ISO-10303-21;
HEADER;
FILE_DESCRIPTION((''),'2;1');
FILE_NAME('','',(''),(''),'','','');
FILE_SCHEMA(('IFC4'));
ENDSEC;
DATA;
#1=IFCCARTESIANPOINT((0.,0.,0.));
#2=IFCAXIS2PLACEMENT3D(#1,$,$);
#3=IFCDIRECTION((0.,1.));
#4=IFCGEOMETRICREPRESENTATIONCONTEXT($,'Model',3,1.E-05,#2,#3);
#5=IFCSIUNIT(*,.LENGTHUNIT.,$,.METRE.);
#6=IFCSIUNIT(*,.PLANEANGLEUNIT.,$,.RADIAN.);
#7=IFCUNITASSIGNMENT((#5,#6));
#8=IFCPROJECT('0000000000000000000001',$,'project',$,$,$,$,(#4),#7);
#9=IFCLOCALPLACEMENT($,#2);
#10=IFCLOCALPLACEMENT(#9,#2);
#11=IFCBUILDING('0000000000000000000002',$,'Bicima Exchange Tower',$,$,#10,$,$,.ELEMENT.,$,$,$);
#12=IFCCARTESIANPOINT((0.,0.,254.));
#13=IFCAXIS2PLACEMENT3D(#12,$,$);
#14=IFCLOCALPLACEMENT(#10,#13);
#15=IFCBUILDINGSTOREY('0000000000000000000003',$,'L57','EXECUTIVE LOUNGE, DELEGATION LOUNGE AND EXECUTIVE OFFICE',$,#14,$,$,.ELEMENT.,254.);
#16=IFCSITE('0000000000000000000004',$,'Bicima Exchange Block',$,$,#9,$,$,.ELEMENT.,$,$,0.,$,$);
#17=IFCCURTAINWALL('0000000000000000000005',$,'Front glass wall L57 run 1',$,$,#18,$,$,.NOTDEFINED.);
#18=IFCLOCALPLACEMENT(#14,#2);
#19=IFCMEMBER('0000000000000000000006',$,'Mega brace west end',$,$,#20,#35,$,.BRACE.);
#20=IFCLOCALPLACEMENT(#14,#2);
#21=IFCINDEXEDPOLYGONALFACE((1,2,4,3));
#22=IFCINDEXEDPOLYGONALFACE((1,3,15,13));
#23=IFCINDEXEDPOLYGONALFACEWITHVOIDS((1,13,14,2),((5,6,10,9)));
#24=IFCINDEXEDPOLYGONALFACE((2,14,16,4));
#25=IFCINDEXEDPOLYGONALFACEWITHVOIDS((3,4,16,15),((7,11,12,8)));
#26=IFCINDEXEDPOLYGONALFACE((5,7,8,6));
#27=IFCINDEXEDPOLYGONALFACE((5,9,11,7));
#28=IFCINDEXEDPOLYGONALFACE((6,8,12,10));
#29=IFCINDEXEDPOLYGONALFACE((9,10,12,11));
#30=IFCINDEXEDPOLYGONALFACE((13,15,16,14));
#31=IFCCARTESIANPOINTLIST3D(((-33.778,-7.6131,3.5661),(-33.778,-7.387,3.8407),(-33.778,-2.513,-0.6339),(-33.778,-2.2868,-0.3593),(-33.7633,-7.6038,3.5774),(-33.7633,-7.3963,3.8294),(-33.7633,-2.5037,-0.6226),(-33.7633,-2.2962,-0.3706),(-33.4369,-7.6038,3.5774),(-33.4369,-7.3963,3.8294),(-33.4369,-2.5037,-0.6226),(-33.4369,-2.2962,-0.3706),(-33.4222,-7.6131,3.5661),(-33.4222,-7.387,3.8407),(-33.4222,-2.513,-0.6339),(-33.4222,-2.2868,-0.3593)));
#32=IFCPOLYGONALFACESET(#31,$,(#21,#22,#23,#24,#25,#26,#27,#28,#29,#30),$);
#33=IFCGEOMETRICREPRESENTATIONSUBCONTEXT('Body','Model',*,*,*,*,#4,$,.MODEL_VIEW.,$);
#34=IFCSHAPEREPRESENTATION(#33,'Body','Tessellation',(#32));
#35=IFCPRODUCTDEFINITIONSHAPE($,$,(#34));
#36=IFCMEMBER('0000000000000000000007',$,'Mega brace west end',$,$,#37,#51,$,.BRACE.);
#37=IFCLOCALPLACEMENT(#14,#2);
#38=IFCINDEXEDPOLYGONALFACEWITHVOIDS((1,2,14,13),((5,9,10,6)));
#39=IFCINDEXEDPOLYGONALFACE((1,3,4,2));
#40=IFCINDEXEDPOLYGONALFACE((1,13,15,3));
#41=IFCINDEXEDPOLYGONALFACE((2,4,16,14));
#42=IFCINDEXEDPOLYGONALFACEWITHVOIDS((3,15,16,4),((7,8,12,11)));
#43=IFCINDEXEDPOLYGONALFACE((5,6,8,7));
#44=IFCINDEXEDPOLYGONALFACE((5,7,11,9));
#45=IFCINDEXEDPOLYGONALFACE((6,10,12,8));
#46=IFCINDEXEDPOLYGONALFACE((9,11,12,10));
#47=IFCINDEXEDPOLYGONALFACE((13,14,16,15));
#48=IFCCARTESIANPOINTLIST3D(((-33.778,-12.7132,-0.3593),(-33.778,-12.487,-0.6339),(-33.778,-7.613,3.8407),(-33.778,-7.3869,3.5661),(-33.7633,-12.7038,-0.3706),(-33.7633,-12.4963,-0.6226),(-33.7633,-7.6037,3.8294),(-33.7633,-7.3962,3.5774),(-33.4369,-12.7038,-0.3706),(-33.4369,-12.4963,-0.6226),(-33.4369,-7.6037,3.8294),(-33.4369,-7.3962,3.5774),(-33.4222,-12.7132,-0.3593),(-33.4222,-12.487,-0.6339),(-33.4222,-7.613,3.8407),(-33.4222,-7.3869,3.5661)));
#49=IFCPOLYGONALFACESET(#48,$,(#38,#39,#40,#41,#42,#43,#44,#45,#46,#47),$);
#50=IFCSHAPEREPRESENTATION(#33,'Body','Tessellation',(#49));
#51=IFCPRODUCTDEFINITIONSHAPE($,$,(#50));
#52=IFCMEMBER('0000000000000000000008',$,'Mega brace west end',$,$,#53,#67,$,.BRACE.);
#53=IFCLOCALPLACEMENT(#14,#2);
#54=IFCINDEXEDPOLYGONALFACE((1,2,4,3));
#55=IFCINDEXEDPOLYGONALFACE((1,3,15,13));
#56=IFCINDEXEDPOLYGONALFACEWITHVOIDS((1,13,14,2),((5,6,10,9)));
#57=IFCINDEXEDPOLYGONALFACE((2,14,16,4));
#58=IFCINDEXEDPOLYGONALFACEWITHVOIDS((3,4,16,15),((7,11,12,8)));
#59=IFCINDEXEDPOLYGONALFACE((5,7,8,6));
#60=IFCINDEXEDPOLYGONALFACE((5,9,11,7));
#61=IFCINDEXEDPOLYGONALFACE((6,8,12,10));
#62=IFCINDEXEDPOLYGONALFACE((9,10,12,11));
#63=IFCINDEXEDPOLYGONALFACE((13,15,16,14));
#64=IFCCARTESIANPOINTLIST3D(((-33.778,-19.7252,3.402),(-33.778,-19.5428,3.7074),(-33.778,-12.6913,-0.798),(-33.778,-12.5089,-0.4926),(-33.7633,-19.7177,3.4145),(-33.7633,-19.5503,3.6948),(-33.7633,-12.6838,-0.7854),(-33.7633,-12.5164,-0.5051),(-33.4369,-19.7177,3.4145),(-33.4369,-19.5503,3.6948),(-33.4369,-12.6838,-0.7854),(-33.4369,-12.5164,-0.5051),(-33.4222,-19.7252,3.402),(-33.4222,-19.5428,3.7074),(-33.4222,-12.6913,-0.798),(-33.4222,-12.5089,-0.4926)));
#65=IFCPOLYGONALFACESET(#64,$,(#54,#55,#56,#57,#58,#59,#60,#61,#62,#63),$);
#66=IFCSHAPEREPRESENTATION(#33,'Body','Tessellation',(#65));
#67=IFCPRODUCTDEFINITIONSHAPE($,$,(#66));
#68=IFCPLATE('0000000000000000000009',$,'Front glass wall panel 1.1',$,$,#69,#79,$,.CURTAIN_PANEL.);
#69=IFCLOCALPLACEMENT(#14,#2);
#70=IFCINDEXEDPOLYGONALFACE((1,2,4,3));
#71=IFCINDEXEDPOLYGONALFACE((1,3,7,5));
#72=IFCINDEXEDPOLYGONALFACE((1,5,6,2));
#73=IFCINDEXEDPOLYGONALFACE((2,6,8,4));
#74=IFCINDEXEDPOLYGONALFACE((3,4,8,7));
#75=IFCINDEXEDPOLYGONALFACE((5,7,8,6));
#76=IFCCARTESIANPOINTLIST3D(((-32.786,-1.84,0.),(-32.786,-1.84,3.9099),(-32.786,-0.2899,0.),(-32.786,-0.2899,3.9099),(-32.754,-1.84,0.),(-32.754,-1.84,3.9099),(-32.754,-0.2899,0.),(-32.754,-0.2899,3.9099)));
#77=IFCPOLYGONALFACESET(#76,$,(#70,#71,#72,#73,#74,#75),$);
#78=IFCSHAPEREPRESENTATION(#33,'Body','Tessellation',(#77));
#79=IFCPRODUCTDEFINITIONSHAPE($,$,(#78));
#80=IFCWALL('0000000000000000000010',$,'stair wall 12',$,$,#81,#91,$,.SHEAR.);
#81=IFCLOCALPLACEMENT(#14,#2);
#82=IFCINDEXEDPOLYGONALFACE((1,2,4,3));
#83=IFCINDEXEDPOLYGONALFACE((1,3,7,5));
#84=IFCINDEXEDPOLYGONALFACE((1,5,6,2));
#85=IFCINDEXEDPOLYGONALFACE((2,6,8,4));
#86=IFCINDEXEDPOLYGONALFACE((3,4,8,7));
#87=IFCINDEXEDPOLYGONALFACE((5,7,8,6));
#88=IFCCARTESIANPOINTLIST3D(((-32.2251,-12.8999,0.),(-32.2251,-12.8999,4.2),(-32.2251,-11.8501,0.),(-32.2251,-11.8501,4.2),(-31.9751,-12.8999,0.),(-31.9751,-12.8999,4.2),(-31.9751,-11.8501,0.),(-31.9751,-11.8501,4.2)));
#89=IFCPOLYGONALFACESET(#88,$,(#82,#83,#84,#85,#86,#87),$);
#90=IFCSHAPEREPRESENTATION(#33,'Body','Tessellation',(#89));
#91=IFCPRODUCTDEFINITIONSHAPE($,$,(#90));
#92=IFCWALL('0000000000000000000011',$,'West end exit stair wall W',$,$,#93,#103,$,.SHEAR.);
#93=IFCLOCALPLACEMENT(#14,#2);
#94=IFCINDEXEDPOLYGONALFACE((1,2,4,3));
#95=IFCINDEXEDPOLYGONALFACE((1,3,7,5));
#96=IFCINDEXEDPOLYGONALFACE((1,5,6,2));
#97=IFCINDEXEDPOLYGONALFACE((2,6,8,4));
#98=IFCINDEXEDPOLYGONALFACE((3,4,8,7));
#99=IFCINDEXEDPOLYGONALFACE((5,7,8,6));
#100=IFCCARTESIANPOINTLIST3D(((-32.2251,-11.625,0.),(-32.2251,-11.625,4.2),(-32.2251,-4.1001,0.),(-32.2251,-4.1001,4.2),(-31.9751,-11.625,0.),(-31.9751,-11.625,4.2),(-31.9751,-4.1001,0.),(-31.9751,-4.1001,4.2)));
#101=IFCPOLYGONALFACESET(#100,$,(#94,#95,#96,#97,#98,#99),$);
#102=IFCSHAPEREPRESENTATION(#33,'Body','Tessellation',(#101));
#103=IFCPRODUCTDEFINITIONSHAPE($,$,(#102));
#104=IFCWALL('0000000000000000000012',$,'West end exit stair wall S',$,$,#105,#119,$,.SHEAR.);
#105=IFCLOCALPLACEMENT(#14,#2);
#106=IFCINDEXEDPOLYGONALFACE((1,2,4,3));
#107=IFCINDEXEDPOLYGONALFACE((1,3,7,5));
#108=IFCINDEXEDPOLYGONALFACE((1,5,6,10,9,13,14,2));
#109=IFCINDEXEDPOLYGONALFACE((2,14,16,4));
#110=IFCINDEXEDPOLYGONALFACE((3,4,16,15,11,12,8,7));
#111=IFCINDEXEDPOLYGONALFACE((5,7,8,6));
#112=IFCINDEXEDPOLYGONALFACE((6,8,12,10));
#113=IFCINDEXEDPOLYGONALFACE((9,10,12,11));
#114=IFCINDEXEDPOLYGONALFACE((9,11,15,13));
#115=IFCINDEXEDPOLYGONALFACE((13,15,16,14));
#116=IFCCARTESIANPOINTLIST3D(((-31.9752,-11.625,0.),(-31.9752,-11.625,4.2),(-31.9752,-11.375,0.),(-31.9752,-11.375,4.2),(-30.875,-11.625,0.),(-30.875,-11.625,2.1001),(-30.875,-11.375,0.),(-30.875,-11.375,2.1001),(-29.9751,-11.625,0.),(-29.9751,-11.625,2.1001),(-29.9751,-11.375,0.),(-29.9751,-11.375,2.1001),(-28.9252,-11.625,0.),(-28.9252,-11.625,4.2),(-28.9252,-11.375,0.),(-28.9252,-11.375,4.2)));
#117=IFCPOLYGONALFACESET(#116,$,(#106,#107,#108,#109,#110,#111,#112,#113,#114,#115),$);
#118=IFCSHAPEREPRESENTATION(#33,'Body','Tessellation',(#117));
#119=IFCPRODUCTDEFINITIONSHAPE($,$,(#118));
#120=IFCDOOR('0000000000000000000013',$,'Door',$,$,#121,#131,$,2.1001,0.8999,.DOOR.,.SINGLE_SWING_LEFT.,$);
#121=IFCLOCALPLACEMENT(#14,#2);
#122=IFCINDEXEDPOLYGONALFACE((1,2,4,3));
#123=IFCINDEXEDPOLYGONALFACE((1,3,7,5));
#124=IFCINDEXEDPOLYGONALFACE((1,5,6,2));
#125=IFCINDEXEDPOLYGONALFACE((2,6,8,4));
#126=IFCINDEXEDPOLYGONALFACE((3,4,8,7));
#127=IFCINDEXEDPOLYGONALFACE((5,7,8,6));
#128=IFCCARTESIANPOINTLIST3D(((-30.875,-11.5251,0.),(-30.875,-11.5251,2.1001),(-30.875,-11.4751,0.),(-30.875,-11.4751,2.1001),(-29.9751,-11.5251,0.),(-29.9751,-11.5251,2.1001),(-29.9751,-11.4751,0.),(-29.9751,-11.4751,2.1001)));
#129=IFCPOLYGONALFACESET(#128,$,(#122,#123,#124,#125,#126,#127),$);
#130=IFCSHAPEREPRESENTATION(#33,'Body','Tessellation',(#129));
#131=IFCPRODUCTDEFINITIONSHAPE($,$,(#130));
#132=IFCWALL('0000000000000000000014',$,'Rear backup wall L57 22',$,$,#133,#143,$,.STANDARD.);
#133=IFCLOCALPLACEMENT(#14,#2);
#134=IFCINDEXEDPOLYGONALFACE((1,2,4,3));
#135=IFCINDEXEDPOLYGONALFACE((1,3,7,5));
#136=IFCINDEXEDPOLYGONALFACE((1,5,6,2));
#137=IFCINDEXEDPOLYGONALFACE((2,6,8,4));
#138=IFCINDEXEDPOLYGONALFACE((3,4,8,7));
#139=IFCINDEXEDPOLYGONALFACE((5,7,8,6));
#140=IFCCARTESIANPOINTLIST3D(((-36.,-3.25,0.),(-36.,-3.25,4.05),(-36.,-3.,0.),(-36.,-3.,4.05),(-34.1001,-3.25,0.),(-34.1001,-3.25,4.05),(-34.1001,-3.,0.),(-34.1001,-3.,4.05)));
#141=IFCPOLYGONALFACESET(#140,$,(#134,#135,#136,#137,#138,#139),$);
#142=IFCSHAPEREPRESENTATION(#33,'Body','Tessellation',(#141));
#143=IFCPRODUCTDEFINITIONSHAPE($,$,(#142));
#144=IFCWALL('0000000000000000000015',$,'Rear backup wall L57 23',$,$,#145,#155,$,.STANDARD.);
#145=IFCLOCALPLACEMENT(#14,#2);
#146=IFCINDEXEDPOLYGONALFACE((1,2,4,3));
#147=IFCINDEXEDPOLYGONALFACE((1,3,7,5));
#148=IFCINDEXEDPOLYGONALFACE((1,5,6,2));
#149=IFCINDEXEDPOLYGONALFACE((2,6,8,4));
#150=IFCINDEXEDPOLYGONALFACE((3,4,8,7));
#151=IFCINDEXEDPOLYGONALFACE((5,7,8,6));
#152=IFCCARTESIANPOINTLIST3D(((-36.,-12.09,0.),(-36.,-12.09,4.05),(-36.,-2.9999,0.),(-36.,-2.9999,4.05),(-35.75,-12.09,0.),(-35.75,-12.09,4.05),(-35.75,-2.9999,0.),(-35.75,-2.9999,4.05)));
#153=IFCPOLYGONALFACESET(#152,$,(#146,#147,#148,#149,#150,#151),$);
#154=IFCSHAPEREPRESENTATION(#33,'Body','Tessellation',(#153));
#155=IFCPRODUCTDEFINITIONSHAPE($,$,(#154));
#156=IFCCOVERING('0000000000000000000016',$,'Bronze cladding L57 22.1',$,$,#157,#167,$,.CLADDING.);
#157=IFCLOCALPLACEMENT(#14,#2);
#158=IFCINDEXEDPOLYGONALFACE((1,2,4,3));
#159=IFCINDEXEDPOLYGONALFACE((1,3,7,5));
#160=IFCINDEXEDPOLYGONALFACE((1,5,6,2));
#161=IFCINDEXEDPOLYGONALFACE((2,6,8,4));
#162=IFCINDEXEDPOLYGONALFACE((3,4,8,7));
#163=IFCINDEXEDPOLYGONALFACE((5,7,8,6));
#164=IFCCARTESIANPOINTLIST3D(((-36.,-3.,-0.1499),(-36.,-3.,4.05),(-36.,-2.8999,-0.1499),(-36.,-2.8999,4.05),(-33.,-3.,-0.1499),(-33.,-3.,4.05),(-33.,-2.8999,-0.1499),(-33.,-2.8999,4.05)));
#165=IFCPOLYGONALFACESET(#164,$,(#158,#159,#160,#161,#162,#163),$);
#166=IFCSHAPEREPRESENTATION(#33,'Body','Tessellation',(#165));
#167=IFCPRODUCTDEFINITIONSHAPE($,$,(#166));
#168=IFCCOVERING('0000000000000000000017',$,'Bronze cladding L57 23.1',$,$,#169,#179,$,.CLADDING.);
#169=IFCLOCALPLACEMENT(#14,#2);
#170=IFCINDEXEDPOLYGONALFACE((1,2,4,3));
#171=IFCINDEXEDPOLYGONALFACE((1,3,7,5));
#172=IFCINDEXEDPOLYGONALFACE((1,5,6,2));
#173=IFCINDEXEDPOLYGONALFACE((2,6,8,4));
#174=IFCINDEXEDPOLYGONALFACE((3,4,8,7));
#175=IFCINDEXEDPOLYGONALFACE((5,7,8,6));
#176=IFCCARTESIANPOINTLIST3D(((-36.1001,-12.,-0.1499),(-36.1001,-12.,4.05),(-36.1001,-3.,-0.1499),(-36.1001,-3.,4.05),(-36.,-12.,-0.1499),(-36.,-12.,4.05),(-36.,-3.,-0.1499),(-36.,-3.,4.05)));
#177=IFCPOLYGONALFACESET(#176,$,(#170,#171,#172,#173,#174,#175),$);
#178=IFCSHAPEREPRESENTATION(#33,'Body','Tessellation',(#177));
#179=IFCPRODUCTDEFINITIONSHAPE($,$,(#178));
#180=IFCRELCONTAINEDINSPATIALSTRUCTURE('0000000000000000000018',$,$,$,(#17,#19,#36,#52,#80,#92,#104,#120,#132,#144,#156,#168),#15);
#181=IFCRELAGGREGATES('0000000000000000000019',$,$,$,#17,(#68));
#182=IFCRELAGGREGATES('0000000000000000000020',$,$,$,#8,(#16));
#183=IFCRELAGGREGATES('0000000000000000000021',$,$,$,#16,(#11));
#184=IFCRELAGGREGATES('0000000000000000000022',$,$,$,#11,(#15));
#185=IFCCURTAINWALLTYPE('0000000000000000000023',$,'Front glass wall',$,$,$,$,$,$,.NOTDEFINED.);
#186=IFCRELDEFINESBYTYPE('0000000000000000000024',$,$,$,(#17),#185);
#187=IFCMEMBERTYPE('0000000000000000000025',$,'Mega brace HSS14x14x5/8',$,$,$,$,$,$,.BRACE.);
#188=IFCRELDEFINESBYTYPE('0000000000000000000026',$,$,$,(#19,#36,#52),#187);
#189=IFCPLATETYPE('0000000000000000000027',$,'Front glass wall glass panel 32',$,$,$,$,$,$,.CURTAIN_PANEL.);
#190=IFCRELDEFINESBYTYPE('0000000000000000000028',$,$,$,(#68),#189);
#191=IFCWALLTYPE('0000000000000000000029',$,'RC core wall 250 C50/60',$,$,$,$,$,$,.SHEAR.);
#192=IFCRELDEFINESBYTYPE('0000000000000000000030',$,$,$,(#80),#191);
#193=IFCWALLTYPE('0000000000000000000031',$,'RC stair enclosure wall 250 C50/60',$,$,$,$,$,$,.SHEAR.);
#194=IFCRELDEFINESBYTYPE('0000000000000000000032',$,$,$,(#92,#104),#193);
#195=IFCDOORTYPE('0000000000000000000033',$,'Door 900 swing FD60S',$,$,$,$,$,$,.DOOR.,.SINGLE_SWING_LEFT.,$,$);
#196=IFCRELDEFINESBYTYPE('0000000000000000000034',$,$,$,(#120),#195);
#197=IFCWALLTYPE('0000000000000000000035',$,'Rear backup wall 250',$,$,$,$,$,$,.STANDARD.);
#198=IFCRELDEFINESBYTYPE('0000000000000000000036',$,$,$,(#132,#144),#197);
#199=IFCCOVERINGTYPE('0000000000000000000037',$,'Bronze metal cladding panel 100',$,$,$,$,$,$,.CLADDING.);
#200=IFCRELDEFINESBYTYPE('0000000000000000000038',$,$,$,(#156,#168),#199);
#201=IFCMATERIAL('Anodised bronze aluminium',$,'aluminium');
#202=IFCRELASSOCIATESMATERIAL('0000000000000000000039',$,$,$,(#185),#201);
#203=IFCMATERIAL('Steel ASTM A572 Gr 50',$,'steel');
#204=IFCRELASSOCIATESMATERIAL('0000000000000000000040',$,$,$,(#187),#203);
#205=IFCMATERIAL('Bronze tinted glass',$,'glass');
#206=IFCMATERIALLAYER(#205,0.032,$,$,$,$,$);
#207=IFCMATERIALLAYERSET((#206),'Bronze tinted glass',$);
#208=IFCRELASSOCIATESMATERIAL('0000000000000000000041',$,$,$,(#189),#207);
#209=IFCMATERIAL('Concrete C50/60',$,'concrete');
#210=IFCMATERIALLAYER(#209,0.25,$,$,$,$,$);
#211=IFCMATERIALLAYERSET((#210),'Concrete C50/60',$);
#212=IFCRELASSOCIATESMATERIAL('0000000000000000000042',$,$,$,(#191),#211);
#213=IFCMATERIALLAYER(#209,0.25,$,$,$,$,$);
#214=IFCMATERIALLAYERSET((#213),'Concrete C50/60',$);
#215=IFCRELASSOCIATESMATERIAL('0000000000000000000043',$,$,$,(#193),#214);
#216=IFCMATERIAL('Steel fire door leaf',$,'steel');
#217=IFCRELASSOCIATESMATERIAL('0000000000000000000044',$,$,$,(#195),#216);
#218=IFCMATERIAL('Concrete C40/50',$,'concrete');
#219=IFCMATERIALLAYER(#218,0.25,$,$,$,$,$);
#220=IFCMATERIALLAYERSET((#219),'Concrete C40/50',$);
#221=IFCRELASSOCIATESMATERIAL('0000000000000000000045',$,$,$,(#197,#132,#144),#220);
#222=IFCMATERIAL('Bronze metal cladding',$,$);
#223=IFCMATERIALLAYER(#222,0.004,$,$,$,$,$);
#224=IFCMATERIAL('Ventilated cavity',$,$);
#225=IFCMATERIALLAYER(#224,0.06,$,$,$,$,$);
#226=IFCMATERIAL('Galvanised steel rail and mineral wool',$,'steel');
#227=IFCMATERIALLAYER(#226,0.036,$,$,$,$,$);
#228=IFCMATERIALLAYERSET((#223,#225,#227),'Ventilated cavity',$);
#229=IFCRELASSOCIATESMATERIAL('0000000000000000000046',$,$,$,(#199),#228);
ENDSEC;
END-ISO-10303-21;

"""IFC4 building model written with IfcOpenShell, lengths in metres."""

from ifc_helpers import new_model, si_unit, direction, frame, frame_2d, origin, origin_2d, place, context, subcontext, project, spatial, rectangle, hollow_rectangle, extrude, material, layer, layer_set, layer_usage, material_profile, profile_set, type_object, element, fill, aggregate, save


model = new_model("IFC4")

# Units and contexts
model_context = context("Model", 3, precision=1e-05, world=origin(), true_north=direction((0.0, 1.0)))
body_context = subcontext(model_context, "Body", "Model", "MODEL_VIEW")
ifc_project = project(units=[si_unit("LENGTHUNIT", "METRE"), si_unit("PLANEANGLEUNIT", "RADIAN")], contexts=[model_context])

# Site, building, storey
site_placement = place(None, origin())
site = spatial("IfcSite", under=ifc_project, at=site_placement, Name="Bicima Exchange Block", CompositionType="ELEMENT", RefElevation=0.0)
building_placement = place(site_placement, origin())
building = spatial("IfcBuilding", under=site, at=building_placement, Name="Bicima Exchange Tower", CompositionType="ELEMENT")
storey_placement = place(building_placement, frame((0.0, 0.0, 254.0)))
storey = spatial("IfcBuildingStorey", under=building, at=storey_placement, Name="L57", Description="EXECUTIVE LOUNGE, DELEGATION LOUNGE AND EXECUTIVE OFFICE", CompositionType="ELEMENT", Elevation=254.0)

# Shared definitions
ifc_material_1 = material(Name="Steel ASTM A572 Gr 50", Category="steel")

# Shared definitions
ifc_material_2 = material(Name="Anodised bronze aluminium", Category="aluminium")

# Curtain wall
curtain_wall_type_1 = type_object("IfcCurtainWallType", Name="Front glass wall", PredefinedType="NOTDEFINED", material=ifc_material_2)
curtain_wall_1_placement = place(storey_placement, origin())
curtain_wall_1 = element("IfcCurtainWall", 1, at=curtain_wall_1_placement, inside=storey, type_object=curtain_wall_type_1, Name="Front glass wall L57 run 1", PredefinedType="NOTDEFINED")

# Members
ifc_material_profile_1 = material_profile(ifc_material_1, hollow_rectangle(XDim=0.3557, YDim=0.3557, WallThickness=0.0146, at=origin_2d()))
ifc_profile_set_1 = profile_set([ifc_material_profile_1], Name="Steel ASTM A572 Gr 50")
member_type_1 = type_object("IfcMemberType", Name="Mega brace HSS14x14x5/8", PredefinedType="BRACE", material=ifc_profile_set_1)
for number, where, z_axis, x_axis, name in (
    (2, (-33.6001, -2.3999, -0.4966), (0.0, -0.77194, 0.635696), (1.0, 0.0, 0.0), "Mega brace west end"),
    (3, (-33.6001, -12.6001, -0.4966), (0.0, 0.77194, 0.635696), (-1.0, 0.0, 0.0), "Mega brace west end"),
):
    element("IfcMember", number, at=place(storey_placement, frame(where, z_axis=z_axis, x_axis=x_axis)), inside=storey, type_object=member_type_1, Name=name, PredefinedType="BRACE", context=body_context, shape_type="SweptSolid", body=[
        extrude(hollow_rectangle(XDim=0.3557, YDim=0.3557, WallThickness=0.0146, at=origin_2d()), origin(), (0.0, 0.0, 1.0), 6.6069),
    ])
member_1_placement = place(storey_placement, frame((-33.6001, -12.6001, -0.6453), z_axis=(0.0, -0.85859, 0.512663), x_axis=(1.0, 0.0, 0.0)))
element("IfcMember", 4, at=member_1_placement, inside=storey, type_object=member_type_1, Name="Mega brace west end", PredefinedType="BRACE", context=body_context, shape_type="SweptSolid", body=[
    extrude(hollow_rectangle(XDim=0.3557, YDim=0.3557, WallThickness=0.0146, at=origin_2d()), origin(), (0.0, 0.0, 1.0), 8.1924),
])

# Plate
ifc_material_3 = material(Name="Bronze tinted glass", Category="glass")
ifc_layer_1 = layer(ifc_material_3, 0.032)
ifc_layer_set_1 = layer_set([ifc_layer_1], Name="Bronze tinted glass")
plate_type = type_object("IfcPlateType", Name="Front glass wall glass panel 32", PredefinedType="CURTAIN_PANEL", material=ifc_layer_set_1)
plate_placement = place(storey_placement, frame((-32.77, -1.0649, 0.0), z_axis=(0.0, 0.0, 1.0), x_axis=(0.0, -1.0, 0.0)))
plate = element("IfcPlate", 5, at=plate_placement, type_object=plate_type, Name="Front glass wall panel 1.1", PredefinedType="CURTAIN_PANEL", context=body_context, shape_type="SweptSolid", body=[
    extrude(rectangle(XDim=1.55, YDim=0.032, at=origin_2d()), origin(), (0.0, 0.0, 1.0), 3.9099),
])
aggregate(curtain_wall_1, [plate])

# Walls
ifc_material_4 = material(Name="Concrete C50/60", Category="concrete")
ifc_layer_2 = layer(ifc_material_4, 0.25)
ifc_layer_set_2 = layer_set([ifc_layer_2], Name="Concrete C50/60")
wall_type_1 = type_object("IfcWallType", Name="RC core wall 250 C50/60", PredefinedType="SHEAR", material=ifc_layer_set_2)
wall_1_placement = place(storey_placement, frame((-32.1001, -12.8999, 0.0), z_axis=(0.0, 0.0, 1.0), x_axis=(0.0, 1.0, 0.0)))
element("IfcWall", 6, at=wall_1_placement, inside=storey, type_object=wall_type_1, Name="stair wall 12", PredefinedType="SHEAR", context=body_context, shape_type="SweptSolid", body=[
    extrude(rectangle(XDim=1.0498, YDim=0.25, at=frame_2d((0.5249, 0.0))), origin(), (0.0, 0.0, 1.0), 4.2),
])
ifc_layer_3 = layer(ifc_material_4, 0.25)
ifc_layer_set_3 = layer_set([ifc_layer_3], Name="Concrete C50/60")
wall_type_2 = type_object("IfcWallType", Name="RC stair enclosure wall 250 C50/60", PredefinedType="SHEAR", material=ifc_layer_set_3)
wall_2_placement = place(storey_placement, frame((-32.1001, -11.625, 0.0), z_axis=(0.0, 0.0, 1.0), x_axis=(0.0, 1.0, 0.0)))
element("IfcWall", 7, at=wall_2_placement, inside=storey, type_object=wall_type_2, Name="West end exit stair wall W", PredefinedType="SHEAR", context=body_context, shape_type="SweptSolid", body=[
    extrude(rectangle(XDim=7.5249, YDim=0.25, at=frame_2d((3.7625, 0.0))), origin(), (0.0, 0.0, 1.0), 4.2),
])

# Wall, opening, door
wall_3_placement = place(storey_placement, frame((-31.9751, -11.5, 0.0), z_axis=(0.0, 0.0, 1.0), x_axis=(1.0, 0.0, 0.0)))
wall_3 = element("IfcWall", 8, at=wall_3_placement, inside=storey, type_object=wall_type_2, Name="West end exit stair wall S", PredefinedType="SHEAR", context=body_context, shape_type="SweptSolid", body=[
    extrude(rectangle(XDim=3.05, YDim=0.25, at=frame_2d((1.5249, 0.0))), origin(), (0.0, 0.0, 1.0), 4.2),
])
opening_placement = place(wall_3_placement, frame((1.1001, 0.0, 0.0)))
opening = element("IfcOpeningElement", 9, at=opening_placement, cuts=wall_3, PredefinedType="OPENING", context=body_context, shape_type="SweptSolid", body=[
    extrude(rectangle(XDim=0.8999, YDim=2.1001, at=frame_2d((0.45, 1.05))), frame((0.0, 0.137, 0.0), z_axis=(0.0, -1.0, 0.0), x_axis=(1.0, 0.0, 0.0)), (0.0, 0.0, 1.0), 0.2739),
])
ifc_material_5 = material(Name="Steel fire door leaf", Category="steel")
door_type = type_object("IfcDoorType", Name="Door 900 swing FD60S", OperationType="SINGLE_SWING_LEFT", PredefinedType="DOOR", material=ifc_material_5)
door_placement = place(opening_placement, origin())
door = element("IfcDoor", 10, at=door_placement, inside=storey, type_object=door_type, Name="Door", OperationType="SINGLE_SWING_LEFT", OverallHeight=2.1001, OverallWidth=0.8999, PredefinedType="DOOR", context=body_context, shape_type="SweptSolid", body=[
    extrude(rectangle(XDim=0.8999, YDim=2.1001, at=frame_2d((0.45, 1.05))), frame((0.0, 0.0249, 0.0), z_axis=(0.0, -1.0, 0.0), x_axis=(1.0, 0.0, 0.0)), (0.0, 0.0, 1.0), 0.05),
])
fill(opening, door)

# Walls
ifc_material_6 = material(Name="Concrete C40/50", Category="concrete")
ifc_layer_4 = layer(ifc_material_6, 0.25)
ifc_layer_set_4 = layer_set([ifc_layer_4], Name="Concrete C40/50")
ifc_layer_usage = layer_usage(ifc_layer_set_4, "AXIS2", "POSITIVE", -0.125)
wall_type_3 = type_object("IfcWallType", Name="Rear backup wall 250", PredefinedType="STANDARD", material=ifc_layer_set_4)
wall_4_placement = place(storey_placement, frame((-34.1001, -3.125, 0.0), z_axis=(0.0, 0.0, 1.0), x_axis=(-1.0, 0.0, 0.0)))
element("IfcWall", 11, at=wall_4_placement, inside=storey, type_object=wall_type_3, material=ifc_layer_usage, Name="Rear backup wall L57 22", PredefinedType="STANDARD", context=body_context, shape_type="SweptSolid", body=[
    extrude(rectangle(XDim=1.8999, YDim=0.25, at=frame_2d((0.95, 0.0))), origin(), (0.0, 0.0, 1.0), 4.05),
])
wall_5_placement = place(storey_placement, frame((-35.875, -3.0, 0.0), z_axis=(0.0, 0.0, 1.0), x_axis=(0.0, -1.0, 0.0)))
element("IfcWall", 12, at=wall_5_placement, inside=storey, type_object=wall_type_3, material=ifc_layer_usage, Name="Rear backup wall L57 23", PredefinedType="STANDARD", context=body_context, shape_type="SweptSolid", body=[
    extrude(rectangle(XDim=9.0901, YDim=0.25, at=frame_2d((4.5449, 0.0))), origin(), (0.0, 0.0, 1.0), 4.05),
])

# Coverings
ifc_material_7 = material(Name="Bronze metal cladding")
ifc_layer_5 = layer(ifc_material_7, 0.004)
ifc_material_8 = material(Name="Ventilated cavity")
ifc_layer_6 = layer(ifc_material_8, 0.06)
ifc_material_9 = material(Name="Galvanised steel rail and mineral wool", Category="steel")
ifc_layer_7 = layer(ifc_material_9, 0.036)
ifc_layer_set_5 = layer_set([ifc_layer_5, ifc_layer_6, ifc_layer_7], Name="Ventilated cavity")
covering_type = type_object("IfcCoveringType", Name="Bronze metal cladding panel 100", PredefinedType="CLADDING", material=ifc_layer_set_5)
covering_1_placement = place(storey_placement, frame((-34.5, -2.95, -0.1499), z_axis=(0.0, 0.0, 1.0), x_axis=(-1.0, 0.0, 0.0)))
element("IfcCovering", 13, at=covering_1_placement, inside=storey, type_object=covering_type, Name="Bronze cladding L57 22.1", PredefinedType="CLADDING", context=body_context, shape_type="SweptSolid", body=[
    extrude(rectangle(XDim=3.0, YDim=0.1001, at=origin_2d()), origin(), (0.0, 0.0, 1.0), 4.2),
])
covering_2_placement = place(storey_placement, frame((-36.05, -7.5, -0.1499), z_axis=(0.0, 0.0, 1.0), x_axis=(0.0, -1.0, 0.0)))
element("IfcCovering", 14, at=covering_2_placement, inside=storey, type_object=covering_type, Name="Bronze cladding L57 23.1", PredefinedType="CLADDING", context=body_context, shape_type="SweptSolid", body=[
    extrude(rectangle(XDim=9.0, YDim=0.1001, at=origin_2d()), origin(), (0.0, 0.0, 1.0), 4.2),
])

save(model, "model.ifc")
